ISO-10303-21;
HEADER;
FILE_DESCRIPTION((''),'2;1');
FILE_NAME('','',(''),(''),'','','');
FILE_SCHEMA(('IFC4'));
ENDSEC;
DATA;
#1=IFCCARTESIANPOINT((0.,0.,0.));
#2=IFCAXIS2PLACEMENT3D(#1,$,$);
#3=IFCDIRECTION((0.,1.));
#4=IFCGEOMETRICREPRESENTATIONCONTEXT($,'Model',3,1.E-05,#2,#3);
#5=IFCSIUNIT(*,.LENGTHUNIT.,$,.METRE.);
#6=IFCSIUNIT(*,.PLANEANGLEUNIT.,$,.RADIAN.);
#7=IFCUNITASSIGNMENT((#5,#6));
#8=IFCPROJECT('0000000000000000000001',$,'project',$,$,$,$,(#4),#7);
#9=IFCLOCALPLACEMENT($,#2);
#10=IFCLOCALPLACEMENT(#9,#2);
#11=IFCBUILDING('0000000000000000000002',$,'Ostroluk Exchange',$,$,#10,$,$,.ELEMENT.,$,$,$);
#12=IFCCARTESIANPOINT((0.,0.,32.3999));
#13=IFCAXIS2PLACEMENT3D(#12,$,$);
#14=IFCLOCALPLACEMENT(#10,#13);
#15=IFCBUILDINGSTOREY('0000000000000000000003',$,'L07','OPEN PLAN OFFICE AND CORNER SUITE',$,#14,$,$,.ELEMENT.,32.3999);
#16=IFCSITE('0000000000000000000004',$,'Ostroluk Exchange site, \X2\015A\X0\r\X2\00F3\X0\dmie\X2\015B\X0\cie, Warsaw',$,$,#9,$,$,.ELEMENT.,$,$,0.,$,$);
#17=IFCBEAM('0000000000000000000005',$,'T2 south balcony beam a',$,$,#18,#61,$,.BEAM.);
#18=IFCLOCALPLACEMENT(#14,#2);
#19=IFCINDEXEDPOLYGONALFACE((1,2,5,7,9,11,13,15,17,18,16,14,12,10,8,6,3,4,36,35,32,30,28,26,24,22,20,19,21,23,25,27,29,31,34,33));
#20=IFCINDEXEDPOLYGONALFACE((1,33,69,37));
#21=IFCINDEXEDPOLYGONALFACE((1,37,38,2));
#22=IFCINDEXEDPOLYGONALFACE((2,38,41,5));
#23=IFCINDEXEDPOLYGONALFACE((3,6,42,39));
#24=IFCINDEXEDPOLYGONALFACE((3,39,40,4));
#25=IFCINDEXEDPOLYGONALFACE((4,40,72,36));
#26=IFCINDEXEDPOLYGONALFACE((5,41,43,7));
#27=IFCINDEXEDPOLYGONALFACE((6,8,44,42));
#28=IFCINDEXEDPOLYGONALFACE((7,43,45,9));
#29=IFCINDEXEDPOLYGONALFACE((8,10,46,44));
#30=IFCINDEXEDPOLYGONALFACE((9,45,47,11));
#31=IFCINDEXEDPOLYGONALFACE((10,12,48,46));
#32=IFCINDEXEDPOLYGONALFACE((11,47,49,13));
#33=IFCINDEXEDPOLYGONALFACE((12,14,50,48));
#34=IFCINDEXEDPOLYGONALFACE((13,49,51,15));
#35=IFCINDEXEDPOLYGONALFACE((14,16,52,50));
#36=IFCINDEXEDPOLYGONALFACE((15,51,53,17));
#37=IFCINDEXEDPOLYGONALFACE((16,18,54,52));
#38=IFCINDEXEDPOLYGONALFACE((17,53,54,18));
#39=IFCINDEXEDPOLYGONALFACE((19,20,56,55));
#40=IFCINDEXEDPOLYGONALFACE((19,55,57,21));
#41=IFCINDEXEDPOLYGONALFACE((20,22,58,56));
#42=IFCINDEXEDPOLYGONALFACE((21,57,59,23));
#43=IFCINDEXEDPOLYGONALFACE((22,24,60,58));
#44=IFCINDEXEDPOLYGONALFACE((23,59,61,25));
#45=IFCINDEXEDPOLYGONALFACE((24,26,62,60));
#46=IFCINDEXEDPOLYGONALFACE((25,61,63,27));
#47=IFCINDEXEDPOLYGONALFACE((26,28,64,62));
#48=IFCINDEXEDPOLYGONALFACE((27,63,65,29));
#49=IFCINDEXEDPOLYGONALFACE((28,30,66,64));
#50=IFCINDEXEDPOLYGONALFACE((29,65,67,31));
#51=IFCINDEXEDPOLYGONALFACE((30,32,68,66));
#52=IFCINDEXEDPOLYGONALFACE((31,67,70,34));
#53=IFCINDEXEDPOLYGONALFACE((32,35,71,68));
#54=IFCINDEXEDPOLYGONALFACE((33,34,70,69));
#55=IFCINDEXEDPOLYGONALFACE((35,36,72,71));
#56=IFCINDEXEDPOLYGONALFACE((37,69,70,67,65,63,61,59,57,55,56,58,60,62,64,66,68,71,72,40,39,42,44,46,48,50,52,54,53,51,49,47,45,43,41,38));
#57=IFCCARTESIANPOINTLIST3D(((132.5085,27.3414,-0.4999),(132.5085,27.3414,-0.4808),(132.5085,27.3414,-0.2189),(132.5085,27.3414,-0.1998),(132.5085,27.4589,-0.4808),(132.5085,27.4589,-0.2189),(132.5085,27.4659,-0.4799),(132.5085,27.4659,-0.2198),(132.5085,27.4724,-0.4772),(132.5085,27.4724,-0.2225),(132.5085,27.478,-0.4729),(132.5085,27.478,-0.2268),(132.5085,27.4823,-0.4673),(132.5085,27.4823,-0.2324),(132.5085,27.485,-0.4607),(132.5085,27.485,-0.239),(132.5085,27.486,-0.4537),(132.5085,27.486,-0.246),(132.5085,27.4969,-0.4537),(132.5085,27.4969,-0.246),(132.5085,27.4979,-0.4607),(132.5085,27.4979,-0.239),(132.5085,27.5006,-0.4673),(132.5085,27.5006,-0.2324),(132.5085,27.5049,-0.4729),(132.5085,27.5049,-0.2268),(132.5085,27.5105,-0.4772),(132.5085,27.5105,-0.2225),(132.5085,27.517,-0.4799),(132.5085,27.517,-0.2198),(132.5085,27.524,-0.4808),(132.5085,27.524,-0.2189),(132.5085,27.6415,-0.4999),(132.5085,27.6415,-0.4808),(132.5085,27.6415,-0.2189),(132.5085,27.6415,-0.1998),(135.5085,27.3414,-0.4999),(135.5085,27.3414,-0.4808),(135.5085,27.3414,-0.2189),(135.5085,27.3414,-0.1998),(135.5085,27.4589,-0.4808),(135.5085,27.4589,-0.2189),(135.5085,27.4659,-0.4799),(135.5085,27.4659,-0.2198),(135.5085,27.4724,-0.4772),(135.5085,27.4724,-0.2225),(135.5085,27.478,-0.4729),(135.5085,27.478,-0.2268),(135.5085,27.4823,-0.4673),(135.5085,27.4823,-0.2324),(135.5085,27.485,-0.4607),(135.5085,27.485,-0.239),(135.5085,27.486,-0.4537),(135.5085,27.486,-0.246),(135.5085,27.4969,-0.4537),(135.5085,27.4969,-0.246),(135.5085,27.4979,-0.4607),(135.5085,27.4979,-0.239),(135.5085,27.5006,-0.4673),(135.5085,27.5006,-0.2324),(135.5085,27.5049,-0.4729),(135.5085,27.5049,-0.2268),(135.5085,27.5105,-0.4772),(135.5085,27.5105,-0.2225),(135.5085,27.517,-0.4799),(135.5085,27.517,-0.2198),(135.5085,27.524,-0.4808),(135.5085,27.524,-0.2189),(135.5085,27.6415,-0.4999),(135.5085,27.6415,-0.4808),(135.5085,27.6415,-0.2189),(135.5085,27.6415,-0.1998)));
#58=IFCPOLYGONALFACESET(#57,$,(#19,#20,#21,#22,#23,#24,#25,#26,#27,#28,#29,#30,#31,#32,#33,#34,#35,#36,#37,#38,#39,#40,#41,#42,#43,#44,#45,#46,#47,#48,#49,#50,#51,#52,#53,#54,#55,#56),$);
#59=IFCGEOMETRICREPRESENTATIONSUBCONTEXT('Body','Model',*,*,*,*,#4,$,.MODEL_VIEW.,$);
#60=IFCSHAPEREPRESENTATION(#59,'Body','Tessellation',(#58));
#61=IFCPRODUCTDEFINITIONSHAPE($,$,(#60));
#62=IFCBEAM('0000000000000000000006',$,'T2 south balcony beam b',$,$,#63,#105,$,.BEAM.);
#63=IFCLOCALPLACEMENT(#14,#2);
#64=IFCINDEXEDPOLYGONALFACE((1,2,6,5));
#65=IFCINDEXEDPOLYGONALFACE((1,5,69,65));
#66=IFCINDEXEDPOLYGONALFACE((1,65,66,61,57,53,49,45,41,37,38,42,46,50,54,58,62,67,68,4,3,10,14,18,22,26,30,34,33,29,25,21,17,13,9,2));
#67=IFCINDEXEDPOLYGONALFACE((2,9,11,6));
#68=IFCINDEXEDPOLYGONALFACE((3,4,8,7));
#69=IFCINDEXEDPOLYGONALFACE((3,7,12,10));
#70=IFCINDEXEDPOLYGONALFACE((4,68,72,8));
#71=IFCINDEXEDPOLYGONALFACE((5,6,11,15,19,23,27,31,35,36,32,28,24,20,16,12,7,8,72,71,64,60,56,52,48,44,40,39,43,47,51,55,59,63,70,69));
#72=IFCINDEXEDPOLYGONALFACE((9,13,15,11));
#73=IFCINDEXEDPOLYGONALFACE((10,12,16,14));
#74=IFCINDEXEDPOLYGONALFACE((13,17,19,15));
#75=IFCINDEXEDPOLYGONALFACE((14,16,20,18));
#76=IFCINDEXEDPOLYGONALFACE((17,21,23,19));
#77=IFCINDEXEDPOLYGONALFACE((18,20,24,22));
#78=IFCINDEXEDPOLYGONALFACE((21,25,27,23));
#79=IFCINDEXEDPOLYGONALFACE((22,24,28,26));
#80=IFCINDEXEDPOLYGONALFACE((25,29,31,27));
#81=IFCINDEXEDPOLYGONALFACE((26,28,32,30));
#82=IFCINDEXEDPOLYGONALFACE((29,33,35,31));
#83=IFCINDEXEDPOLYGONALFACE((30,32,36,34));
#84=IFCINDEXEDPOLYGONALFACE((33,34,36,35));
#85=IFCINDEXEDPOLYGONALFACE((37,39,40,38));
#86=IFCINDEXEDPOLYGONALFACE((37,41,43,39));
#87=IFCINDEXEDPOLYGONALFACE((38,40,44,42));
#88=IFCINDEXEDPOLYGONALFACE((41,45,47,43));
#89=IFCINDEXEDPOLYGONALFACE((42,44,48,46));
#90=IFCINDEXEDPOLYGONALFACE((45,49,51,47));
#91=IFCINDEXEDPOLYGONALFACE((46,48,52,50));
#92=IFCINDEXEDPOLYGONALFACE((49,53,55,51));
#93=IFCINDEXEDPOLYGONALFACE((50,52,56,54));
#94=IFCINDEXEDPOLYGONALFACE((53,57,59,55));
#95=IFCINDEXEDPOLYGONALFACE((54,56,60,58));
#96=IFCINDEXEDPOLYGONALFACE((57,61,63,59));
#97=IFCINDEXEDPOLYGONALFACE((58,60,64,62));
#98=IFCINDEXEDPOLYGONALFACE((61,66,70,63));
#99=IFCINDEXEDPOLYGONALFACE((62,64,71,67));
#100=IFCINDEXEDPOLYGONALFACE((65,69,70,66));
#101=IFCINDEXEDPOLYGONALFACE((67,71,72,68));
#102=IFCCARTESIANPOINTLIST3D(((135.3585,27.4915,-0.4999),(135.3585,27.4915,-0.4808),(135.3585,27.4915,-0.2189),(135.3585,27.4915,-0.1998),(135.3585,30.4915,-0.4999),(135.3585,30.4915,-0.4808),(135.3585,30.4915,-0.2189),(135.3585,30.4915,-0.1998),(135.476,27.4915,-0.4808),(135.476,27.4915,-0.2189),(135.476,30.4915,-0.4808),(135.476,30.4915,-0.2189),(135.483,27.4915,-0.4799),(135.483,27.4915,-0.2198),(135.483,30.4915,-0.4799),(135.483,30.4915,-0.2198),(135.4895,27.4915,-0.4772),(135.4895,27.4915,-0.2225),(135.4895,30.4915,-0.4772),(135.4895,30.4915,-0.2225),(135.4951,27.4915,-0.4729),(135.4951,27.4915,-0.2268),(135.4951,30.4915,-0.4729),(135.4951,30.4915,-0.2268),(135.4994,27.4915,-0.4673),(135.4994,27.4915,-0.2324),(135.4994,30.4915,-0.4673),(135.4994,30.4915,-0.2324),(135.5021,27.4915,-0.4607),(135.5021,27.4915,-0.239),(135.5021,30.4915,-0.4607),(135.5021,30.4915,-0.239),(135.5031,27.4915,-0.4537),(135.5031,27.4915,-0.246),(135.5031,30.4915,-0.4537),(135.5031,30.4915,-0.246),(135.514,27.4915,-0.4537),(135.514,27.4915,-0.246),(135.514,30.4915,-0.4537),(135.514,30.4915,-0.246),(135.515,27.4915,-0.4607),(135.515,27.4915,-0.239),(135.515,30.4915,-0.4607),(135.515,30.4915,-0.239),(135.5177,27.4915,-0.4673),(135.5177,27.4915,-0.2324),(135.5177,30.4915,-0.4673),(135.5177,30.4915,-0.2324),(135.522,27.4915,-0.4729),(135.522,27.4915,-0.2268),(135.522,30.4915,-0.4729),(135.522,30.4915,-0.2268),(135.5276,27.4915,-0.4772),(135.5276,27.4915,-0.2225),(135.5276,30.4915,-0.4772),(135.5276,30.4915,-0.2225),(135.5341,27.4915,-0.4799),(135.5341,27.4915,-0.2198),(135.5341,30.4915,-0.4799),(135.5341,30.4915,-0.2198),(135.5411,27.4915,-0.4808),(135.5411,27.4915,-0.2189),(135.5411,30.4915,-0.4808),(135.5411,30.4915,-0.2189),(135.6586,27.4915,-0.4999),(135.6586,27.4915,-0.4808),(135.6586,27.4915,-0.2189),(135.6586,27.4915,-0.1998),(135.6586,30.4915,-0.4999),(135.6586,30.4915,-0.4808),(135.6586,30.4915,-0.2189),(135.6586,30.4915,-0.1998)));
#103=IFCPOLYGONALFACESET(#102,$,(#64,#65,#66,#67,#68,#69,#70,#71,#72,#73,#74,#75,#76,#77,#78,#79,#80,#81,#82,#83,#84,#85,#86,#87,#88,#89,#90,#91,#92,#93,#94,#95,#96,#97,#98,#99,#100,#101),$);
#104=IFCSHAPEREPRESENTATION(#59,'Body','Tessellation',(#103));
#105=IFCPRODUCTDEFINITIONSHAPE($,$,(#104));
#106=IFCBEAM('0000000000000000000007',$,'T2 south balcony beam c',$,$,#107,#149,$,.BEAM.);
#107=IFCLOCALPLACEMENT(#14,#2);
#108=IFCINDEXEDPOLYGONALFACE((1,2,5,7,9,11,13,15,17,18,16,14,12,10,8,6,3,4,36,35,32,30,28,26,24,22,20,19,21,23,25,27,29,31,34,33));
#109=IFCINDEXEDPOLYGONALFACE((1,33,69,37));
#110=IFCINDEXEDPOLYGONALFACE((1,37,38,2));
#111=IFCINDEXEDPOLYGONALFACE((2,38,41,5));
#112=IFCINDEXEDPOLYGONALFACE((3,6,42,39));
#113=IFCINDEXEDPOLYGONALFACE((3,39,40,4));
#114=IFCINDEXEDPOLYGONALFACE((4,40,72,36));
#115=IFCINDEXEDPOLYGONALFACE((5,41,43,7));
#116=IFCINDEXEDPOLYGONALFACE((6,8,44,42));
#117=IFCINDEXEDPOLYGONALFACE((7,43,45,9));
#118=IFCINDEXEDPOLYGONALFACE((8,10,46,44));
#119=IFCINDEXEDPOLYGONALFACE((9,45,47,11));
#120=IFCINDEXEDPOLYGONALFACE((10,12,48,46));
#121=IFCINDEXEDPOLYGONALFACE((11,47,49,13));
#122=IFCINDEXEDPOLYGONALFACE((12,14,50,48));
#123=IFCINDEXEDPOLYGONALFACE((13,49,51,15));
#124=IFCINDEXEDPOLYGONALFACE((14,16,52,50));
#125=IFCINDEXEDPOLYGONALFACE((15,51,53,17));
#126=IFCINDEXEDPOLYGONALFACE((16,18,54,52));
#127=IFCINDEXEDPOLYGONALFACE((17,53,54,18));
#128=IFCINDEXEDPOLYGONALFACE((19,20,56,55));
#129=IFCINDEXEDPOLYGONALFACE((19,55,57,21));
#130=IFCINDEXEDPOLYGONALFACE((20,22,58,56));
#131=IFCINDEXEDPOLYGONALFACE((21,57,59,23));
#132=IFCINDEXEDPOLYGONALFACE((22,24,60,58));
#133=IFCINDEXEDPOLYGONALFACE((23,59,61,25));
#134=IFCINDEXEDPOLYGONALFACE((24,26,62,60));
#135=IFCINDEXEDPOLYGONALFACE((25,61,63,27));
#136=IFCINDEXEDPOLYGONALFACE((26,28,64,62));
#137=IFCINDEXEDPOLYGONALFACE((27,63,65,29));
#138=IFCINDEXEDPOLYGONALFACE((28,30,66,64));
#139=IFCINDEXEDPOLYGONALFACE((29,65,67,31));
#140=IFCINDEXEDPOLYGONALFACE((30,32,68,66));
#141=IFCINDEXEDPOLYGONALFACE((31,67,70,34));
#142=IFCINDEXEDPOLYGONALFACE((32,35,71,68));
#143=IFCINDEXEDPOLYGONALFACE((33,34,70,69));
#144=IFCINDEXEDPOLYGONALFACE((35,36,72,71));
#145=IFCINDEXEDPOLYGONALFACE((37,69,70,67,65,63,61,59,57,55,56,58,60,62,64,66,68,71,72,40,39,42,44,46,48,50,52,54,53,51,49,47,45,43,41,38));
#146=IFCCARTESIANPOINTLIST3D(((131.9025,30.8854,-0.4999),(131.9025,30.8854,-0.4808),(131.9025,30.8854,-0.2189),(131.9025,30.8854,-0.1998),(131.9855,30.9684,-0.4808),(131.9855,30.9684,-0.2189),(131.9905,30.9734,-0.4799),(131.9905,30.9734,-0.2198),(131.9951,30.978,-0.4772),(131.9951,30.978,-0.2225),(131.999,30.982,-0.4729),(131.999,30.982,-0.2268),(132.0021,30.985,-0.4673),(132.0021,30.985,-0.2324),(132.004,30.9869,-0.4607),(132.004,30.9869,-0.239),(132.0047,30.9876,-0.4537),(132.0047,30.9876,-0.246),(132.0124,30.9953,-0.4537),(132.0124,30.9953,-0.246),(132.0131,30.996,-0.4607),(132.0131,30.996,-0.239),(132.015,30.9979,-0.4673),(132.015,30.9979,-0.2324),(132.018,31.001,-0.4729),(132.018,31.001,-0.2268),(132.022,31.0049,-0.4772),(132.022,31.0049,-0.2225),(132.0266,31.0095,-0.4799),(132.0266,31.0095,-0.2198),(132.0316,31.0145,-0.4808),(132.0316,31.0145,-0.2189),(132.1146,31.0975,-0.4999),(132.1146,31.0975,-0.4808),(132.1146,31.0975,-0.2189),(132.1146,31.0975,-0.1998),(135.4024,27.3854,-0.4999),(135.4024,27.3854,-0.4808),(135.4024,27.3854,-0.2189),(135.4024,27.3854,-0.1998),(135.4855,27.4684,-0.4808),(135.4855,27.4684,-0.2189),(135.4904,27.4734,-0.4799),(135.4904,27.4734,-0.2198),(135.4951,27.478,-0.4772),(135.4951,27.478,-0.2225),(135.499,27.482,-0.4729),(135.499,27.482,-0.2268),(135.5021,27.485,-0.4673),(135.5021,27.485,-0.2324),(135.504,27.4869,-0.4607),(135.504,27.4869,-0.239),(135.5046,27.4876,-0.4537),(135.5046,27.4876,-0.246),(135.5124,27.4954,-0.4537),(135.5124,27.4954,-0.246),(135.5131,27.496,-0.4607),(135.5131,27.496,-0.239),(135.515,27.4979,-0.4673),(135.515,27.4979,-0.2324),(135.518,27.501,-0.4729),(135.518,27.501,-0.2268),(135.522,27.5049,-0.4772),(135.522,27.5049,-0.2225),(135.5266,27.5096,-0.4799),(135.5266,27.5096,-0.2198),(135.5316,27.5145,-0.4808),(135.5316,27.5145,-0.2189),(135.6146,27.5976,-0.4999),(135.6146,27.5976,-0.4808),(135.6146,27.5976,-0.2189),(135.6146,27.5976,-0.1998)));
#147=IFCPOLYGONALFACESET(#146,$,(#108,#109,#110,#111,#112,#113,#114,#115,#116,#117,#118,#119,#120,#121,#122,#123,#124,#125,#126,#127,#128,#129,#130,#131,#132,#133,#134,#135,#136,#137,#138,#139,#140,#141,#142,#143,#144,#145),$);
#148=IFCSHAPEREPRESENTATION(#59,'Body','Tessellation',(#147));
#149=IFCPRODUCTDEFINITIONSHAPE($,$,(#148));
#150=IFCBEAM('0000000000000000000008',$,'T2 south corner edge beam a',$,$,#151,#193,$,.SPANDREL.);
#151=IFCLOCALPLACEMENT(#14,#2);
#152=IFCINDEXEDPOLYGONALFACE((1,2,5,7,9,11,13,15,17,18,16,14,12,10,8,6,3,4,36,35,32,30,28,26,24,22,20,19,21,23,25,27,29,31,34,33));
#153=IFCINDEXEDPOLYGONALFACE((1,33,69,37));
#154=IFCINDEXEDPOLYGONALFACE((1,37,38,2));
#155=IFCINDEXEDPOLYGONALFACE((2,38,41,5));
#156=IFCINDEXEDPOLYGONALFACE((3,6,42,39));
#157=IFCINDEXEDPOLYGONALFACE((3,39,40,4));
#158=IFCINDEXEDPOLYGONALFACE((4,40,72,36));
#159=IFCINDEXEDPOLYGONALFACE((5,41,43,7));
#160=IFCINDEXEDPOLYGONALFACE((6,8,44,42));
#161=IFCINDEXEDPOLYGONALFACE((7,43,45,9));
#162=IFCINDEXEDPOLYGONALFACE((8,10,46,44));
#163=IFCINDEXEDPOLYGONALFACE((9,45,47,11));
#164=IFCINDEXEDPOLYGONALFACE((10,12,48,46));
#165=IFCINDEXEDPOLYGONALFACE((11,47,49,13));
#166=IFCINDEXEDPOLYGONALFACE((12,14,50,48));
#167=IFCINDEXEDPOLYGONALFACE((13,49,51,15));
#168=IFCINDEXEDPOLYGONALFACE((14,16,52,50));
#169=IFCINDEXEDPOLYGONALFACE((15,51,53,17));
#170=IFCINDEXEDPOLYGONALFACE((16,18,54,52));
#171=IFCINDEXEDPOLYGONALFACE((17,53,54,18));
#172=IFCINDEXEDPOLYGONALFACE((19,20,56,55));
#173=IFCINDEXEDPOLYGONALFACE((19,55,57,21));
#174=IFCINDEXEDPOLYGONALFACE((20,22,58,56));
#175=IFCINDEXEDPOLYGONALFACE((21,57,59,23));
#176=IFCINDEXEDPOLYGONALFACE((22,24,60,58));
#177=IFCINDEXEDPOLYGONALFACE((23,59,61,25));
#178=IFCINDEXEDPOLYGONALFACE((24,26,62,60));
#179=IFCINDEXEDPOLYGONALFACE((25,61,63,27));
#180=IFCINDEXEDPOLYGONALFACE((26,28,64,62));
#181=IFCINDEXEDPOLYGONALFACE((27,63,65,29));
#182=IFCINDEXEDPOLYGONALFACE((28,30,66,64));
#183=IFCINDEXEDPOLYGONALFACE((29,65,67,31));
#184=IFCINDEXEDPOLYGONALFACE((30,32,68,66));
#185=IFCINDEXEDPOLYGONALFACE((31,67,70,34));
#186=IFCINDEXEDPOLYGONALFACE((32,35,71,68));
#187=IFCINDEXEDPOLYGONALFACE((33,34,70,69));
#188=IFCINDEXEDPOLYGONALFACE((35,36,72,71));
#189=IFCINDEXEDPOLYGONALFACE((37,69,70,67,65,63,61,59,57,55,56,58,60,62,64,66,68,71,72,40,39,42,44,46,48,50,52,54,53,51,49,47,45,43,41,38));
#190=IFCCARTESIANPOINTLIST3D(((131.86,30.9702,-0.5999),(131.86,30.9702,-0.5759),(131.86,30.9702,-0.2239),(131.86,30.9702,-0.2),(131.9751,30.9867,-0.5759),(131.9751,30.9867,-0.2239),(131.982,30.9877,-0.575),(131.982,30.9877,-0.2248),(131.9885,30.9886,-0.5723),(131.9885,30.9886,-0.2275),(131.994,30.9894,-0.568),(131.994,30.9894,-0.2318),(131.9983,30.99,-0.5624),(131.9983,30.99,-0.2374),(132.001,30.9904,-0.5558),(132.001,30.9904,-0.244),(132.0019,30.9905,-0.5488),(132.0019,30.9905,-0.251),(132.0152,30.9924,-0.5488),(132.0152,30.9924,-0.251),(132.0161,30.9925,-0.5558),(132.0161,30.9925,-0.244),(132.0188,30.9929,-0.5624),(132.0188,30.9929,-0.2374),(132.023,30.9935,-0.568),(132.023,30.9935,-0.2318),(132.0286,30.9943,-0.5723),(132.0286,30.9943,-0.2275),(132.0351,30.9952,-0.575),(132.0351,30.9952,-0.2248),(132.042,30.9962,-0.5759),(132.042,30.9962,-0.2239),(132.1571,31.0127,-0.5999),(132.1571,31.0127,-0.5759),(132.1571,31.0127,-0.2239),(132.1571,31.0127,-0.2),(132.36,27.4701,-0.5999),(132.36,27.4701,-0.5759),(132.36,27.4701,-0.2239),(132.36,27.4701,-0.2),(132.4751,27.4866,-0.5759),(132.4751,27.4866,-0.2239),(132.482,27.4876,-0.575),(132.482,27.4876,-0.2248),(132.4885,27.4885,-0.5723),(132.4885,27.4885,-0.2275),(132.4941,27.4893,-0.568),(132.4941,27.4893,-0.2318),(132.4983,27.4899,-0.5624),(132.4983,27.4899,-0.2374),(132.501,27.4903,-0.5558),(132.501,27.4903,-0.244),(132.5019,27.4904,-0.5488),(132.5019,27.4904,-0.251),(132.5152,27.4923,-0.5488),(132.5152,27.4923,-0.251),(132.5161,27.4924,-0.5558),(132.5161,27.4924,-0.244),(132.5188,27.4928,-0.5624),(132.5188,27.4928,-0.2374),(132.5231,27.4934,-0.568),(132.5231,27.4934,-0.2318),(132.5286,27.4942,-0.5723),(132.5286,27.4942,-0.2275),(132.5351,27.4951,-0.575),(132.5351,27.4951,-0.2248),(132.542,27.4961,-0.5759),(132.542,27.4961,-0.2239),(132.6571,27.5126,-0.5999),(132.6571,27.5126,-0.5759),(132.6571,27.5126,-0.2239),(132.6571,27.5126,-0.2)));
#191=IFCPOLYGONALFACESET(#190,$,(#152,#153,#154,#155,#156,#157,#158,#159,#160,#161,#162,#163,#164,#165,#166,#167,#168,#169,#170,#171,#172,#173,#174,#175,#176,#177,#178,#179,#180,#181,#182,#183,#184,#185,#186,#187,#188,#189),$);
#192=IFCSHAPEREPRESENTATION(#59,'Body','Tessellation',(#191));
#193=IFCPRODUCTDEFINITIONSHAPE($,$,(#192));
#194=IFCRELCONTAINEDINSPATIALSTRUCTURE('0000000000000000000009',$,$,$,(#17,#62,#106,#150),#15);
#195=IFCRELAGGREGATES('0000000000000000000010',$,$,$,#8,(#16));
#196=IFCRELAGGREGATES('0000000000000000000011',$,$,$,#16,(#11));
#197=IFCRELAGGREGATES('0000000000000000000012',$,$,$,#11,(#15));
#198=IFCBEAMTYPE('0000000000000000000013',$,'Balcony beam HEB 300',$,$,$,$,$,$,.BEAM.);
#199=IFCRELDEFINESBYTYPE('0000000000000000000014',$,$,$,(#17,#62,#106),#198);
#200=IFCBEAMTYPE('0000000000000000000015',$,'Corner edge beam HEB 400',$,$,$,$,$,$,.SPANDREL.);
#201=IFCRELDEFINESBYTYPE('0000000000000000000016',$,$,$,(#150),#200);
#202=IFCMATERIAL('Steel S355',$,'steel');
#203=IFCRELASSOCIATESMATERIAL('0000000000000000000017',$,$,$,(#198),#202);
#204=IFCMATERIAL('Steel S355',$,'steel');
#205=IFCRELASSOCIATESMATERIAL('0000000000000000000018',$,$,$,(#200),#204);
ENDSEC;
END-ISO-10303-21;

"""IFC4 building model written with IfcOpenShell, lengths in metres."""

from ifc_helpers import new_model, si_unit, direction, frame, origin, origin_2d, place, context, subcontext, project, spatial, i_section, extrude, material, material_profile, profile_set, type_object, element, save


model = new_model("IFC4")

# Units and contexts
model_context = context("Model", 3, precision=1e-05, world=origin(), true_north=direction((0.0, 1.0)))
body_context = subcontext(model_context, "Body", "Model", "MODEL_VIEW")
ifc_project = project(units=[si_unit("LENGTHUNIT", "METRE"), si_unit("PLANEANGLEUNIT", "RADIAN")], contexts=[model_context])

# Site, building, storey
site_placement = place(None, origin())
site = spatial("IfcSite", under=ifc_project, at=site_placement, Name="Ostroluk Exchange site, Śródmieście, Warsaw", CompositionType="ELEMENT", RefElevation=0.0)
building_placement = place(site_placement, origin())
building = spatial("IfcBuilding", under=site, at=building_placement, Name="Ostroluk Exchange", CompositionType="ELEMENT")
storey_placement = place(building_placement, frame((0.0, 0.0, 32.3999)))
storey = spatial("IfcBuildingStorey", under=building, at=storey_placement, Name="L07", Description="OPEN PLAN OFFICE AND CORNER SUITE", CompositionType="ELEMENT", Elevation=32.3999)

# Beams
ifc_material_1 = material(Name="Steel S355", Category="steel")
ifc_material_profile_1 = material_profile(ifc_material_1, i_section(OverallWidth=0.3, OverallDepth=0.3, WebThickness=0.011, FlangeThickness=0.019, FilletRadius=0.0271, at=origin_2d()), Name="HEB 300")
ifc_profile_set_1 = profile_set([ifc_material_profile_1], Name="Steel S355")
beam_type_1 = type_object("IfcBeamType", Name="Balcony beam HEB 300", PredefinedType="BEAM", material=ifc_profile_set_1)
for number, where, z_axis, x_axis, name in (
    (1, (132.5085, 27.4915, -0.3499), (1.0, 0.0, 0.0), (0.0, 1.0, 0.0), "T2 south balcony beam a"),
    (2, (135.5085, 30.4915, -0.3499), (0.0, -1.0, 0.0), (1.0, 0.0, 0.0), "T2 south balcony beam b"),
):
    element("IfcBeam", number, at=place(storey_placement, frame(where, z_axis=z_axis, x_axis=x_axis)), inside=storey, type_object=beam_type_1, Name=name, PredefinedType="BEAM", context=body_context, shape_type="SweptSolid", body=[
        extrude(i_section(OverallWidth=0.3, OverallDepth=0.3, WebThickness=0.011, FlangeThickness=0.019, FilletRadius=0.0271, at=origin_2d()), origin(), (0.0, 0.0, 1.0), 3.0),
    ])
beam_1_placement = place(storey_placement, frame((132.0085, 30.9915, -0.3499), z_axis=(0.707107, -0.707107, 0.0), x_axis=(0.707107, 0.707107, 0.0)))
element("IfcBeam", 3, at=beam_1_placement, inside=storey, type_object=beam_type_1, Name="T2 south balcony beam c", PredefinedType="BEAM", context=body_context, shape_type="SweptSolid", body=[
    extrude(i_section(OverallWidth=0.3, OverallDepth=0.3, WebThickness=0.011, FlangeThickness=0.019, FilletRadius=0.0271, at=origin_2d()), origin(), (0.0, 0.0, 1.0), 4.9497),
])
ifc_material_2 = material(Name="Steel S355", Category="steel")
ifc_material_profile_2 = material_profile(ifc_material_2, i_section(OverallWidth=0.3, OverallDepth=0.3999, WebThickness=0.0134, FlangeThickness=0.0239, FilletRadius=0.0271, at=origin_2d()), Name="HEB 400")
ifc_profile_set_2 = profile_set([ifc_material_profile_2], Name="Steel S355")
beam_type_2 = type_object("IfcBeamType", Name="Corner edge beam HEB 400", PredefinedType="SPANDREL", material=ifc_profile_set_2)
for number, where, z_axis, x_axis, name in (
    (4, (132.0085, 30.9915, -0.3999), (0.141421, -0.989949, 0.0), (0.989949, 0.141421, 0.0), "T2 south corner edge beam a"),
):
    element("IfcBeam", number, at=place(storey_placement, frame(where, z_axis=z_axis, x_axis=x_axis)), inside=storey, type_object=beam_type_2, Name=name, PredefinedType="SPANDREL", context=body_context, shape_type="SweptSolid", body=[
        extrude(i_section(OverallWidth=0.3, OverallDepth=0.3999, WebThickness=0.0134, FlangeThickness=0.0239, FilletRadius=0.0271, at=origin_2d()), origin(), (0.0, 0.0, 1.0), 3.5356),
    ])

save(model, "model.ifc")
